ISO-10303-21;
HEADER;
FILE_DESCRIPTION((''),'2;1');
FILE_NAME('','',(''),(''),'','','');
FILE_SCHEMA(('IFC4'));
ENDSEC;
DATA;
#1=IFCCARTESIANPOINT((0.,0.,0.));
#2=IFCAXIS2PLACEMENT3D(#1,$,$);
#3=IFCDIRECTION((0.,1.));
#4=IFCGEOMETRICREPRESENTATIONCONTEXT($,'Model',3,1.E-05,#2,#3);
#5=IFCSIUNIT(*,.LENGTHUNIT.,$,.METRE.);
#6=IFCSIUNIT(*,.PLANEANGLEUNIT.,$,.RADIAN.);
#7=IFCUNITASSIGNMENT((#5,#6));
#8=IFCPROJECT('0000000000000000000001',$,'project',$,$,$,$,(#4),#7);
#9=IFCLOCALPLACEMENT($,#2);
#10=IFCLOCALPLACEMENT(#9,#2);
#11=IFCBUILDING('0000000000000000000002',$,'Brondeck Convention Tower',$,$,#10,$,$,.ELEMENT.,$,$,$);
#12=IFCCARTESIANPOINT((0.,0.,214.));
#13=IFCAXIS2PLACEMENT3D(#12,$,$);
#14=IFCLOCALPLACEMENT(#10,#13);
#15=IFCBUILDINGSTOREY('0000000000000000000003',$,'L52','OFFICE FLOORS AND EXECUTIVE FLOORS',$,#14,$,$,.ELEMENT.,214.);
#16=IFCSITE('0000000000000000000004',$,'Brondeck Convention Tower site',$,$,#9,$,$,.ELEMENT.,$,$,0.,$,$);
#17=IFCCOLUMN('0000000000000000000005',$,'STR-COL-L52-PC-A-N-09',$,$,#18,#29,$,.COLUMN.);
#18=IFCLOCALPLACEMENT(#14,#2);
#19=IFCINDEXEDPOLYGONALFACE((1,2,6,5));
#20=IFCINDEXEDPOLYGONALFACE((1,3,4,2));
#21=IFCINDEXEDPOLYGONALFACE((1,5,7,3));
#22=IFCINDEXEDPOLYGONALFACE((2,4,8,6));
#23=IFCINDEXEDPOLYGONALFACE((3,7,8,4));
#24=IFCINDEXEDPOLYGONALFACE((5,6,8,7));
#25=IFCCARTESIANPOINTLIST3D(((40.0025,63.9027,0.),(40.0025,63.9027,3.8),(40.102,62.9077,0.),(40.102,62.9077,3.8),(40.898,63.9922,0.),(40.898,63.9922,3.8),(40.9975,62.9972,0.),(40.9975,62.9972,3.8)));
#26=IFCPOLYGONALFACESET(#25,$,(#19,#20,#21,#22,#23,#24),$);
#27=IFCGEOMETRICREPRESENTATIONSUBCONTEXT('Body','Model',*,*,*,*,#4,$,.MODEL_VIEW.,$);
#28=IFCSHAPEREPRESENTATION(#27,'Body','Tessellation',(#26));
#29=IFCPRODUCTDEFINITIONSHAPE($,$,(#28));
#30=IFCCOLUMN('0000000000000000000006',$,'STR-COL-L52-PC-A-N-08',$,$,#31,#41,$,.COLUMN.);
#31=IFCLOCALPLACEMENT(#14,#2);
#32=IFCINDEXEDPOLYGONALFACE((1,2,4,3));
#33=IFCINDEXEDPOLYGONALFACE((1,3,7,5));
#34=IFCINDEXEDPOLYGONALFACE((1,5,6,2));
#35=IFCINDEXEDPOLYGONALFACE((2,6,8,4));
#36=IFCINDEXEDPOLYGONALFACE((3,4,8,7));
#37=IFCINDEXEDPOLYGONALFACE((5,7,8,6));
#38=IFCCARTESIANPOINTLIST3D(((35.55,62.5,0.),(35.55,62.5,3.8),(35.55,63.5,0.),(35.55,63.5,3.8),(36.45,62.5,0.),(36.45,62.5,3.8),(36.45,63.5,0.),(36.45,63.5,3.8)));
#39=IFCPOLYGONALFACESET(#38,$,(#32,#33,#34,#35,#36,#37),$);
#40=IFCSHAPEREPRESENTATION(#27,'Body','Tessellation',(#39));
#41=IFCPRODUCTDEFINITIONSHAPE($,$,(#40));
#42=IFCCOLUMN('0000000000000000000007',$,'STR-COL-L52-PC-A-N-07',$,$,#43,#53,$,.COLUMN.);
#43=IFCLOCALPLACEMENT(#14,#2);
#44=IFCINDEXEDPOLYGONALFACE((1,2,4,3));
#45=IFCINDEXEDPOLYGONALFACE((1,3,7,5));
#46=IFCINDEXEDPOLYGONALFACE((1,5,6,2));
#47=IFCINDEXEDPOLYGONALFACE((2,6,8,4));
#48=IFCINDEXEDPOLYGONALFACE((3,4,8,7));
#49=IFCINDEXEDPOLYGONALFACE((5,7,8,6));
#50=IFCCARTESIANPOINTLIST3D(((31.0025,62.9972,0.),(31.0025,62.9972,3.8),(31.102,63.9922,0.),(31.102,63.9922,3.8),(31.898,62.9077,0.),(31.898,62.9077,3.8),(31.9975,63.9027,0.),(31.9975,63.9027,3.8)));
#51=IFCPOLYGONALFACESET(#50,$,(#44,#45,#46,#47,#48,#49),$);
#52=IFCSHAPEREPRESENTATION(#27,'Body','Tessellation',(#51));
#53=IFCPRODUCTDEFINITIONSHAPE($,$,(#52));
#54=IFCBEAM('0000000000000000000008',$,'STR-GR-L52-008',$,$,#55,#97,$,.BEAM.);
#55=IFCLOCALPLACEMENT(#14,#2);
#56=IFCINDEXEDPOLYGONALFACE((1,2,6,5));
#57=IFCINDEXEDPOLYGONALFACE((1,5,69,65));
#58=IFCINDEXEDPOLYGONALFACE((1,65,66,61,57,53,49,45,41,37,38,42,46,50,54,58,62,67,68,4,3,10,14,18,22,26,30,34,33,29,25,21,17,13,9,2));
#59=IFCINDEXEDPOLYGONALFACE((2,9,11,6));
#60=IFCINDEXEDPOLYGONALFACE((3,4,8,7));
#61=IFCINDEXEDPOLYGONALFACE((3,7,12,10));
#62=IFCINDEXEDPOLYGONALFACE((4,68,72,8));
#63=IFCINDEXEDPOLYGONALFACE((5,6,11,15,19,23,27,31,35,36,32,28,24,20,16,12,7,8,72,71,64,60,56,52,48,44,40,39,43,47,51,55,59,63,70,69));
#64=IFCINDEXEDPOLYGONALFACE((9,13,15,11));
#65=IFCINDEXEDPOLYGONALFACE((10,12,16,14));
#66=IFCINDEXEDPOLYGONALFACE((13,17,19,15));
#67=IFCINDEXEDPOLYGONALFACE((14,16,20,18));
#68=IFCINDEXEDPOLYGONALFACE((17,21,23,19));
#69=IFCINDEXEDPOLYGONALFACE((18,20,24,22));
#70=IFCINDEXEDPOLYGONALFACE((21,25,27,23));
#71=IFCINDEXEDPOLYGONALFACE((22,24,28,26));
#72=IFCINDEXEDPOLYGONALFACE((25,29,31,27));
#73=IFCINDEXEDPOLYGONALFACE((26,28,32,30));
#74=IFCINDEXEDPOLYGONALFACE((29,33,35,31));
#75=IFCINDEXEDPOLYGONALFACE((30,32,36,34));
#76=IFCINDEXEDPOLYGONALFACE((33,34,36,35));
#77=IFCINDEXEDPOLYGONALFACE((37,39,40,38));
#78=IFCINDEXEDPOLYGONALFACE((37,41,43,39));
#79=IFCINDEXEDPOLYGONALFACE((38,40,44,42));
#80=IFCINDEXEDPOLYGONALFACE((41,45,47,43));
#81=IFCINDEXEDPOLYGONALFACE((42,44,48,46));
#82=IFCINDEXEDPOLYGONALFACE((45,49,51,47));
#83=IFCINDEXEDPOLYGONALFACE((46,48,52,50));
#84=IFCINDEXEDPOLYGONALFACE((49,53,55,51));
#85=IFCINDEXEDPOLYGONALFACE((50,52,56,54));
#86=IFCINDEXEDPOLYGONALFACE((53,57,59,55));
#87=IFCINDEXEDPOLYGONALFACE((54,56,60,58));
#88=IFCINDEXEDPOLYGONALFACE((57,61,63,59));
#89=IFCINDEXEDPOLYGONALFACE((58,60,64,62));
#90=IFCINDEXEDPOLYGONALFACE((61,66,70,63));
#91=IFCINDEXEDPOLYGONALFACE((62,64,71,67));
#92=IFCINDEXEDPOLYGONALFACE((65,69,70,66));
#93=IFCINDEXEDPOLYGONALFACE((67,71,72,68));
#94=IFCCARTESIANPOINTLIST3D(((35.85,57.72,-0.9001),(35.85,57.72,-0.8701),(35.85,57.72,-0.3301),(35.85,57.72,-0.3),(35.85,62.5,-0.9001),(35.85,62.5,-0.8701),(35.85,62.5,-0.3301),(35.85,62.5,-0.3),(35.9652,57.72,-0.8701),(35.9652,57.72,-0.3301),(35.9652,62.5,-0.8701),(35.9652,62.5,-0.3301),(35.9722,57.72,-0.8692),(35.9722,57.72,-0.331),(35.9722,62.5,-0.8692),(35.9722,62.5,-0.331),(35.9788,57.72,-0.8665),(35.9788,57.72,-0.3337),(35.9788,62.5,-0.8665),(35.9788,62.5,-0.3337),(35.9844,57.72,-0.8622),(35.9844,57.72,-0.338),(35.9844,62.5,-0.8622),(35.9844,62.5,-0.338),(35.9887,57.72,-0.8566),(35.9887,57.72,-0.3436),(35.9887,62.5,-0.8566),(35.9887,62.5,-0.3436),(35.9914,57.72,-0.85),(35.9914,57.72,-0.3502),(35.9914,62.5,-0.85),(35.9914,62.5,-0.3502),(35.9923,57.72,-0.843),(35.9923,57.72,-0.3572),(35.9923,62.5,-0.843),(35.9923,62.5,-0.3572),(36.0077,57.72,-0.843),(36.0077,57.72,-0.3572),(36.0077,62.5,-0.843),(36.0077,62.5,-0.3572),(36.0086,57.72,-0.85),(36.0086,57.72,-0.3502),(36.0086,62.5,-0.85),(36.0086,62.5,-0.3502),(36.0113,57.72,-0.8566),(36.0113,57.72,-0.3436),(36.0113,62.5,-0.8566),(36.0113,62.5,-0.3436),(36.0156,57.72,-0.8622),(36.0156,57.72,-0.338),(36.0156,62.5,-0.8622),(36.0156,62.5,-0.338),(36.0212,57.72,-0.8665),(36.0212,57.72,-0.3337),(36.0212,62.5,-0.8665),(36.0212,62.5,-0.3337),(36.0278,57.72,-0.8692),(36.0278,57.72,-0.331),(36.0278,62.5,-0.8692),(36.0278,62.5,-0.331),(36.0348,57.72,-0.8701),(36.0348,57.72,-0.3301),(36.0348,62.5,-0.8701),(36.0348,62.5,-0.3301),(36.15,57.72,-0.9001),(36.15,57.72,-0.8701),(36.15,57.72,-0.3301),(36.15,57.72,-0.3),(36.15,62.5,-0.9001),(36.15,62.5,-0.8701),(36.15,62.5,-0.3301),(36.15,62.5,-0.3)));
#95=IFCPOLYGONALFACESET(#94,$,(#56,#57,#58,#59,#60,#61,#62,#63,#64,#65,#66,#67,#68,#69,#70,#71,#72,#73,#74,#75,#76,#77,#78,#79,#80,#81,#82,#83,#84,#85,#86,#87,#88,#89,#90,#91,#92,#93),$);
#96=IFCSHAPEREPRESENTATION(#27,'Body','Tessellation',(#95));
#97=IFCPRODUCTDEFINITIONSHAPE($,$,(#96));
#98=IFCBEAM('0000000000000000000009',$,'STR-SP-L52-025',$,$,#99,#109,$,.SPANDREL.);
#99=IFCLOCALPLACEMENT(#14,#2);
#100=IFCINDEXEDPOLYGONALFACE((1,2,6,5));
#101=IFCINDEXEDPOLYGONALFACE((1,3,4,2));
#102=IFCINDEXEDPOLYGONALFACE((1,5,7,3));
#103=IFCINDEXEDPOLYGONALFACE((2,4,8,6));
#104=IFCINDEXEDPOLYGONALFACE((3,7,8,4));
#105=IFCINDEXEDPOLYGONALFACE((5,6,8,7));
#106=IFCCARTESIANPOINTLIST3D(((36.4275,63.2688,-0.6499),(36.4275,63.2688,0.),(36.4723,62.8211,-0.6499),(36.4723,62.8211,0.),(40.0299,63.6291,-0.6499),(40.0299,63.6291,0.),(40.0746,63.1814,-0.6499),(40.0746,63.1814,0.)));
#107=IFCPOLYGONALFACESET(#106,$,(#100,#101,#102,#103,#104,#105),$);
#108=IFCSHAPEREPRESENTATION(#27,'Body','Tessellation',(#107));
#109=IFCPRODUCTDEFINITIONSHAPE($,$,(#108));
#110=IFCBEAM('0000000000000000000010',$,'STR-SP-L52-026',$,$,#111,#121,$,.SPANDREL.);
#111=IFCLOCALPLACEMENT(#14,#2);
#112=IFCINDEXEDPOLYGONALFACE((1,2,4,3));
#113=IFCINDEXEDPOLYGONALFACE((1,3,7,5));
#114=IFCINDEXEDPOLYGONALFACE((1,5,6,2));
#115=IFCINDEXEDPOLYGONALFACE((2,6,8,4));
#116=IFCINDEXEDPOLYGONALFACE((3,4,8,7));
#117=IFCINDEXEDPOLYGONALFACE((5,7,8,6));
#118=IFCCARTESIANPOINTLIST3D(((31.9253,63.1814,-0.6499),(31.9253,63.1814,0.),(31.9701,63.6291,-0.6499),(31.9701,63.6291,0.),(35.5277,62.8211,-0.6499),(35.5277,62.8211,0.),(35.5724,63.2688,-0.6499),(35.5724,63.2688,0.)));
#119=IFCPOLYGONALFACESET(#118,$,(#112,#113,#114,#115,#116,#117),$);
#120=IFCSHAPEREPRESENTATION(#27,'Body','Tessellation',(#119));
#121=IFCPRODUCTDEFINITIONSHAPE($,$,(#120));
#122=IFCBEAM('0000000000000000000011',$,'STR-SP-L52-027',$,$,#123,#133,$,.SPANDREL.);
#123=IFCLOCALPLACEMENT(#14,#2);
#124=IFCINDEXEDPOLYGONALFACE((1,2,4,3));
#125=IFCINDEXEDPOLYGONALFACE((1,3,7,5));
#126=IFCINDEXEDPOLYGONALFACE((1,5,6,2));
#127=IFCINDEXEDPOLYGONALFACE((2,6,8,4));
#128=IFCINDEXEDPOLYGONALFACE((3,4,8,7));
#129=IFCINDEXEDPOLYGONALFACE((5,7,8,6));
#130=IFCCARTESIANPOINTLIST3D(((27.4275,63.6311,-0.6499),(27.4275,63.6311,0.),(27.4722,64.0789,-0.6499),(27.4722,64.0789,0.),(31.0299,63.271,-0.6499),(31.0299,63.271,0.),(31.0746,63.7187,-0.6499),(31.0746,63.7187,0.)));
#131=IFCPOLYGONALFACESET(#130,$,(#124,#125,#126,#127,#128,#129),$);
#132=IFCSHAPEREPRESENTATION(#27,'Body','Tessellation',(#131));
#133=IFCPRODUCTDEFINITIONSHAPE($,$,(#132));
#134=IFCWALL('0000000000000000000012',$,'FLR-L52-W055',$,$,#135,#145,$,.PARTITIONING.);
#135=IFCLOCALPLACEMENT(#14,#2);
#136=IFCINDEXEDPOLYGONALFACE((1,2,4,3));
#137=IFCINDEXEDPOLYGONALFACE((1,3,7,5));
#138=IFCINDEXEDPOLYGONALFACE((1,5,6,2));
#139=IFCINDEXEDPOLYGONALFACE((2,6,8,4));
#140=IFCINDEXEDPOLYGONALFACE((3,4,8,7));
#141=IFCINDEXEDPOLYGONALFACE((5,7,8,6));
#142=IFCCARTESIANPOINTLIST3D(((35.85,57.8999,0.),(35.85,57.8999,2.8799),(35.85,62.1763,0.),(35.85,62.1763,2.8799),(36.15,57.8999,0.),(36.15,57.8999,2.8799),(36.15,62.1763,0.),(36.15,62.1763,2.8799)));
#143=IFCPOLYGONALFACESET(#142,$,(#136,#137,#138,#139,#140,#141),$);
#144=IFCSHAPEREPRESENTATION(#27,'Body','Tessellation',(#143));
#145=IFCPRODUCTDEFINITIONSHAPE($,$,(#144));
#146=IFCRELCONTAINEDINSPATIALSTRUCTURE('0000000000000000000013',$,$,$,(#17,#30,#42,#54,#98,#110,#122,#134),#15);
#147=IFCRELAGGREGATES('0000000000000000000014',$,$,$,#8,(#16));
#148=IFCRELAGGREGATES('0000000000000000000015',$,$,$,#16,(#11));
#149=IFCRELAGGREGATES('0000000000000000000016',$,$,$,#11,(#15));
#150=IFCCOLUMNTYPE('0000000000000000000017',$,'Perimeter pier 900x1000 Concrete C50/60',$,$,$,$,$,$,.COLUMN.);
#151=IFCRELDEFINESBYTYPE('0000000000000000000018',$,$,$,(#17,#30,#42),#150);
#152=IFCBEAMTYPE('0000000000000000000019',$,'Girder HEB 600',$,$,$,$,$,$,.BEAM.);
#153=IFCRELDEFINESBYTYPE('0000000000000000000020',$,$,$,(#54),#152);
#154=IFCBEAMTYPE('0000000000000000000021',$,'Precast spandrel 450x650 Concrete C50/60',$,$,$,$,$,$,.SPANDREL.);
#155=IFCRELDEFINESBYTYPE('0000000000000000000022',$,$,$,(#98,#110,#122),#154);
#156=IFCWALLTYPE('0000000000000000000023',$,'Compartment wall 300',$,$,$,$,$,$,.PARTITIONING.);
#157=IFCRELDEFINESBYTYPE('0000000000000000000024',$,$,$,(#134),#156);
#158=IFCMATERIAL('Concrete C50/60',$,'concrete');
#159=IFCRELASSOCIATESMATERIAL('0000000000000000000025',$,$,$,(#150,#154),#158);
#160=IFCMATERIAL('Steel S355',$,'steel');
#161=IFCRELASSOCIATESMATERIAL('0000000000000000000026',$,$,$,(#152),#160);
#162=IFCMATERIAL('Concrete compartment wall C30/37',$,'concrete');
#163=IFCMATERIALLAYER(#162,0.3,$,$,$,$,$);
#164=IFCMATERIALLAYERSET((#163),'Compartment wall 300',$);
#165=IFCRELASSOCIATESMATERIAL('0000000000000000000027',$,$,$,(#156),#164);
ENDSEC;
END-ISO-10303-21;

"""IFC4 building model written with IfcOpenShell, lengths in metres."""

from ifc_helpers import new_model, si_unit, direction, frame, frame_2d, origin, origin_2d, place, context, subcontext, project, spatial, rectangle, i_section, extrude, material, layer, layer_set, material_profile, profile_set, type_object, element, save


model = new_model("IFC4")

# Units and contexts
model_context = context("Model", 3, precision=1e-05, world=origin(), true_north=direction((0.0, 1.0)))
body_context = subcontext(model_context, "Body", "Model", "MODEL_VIEW")
ifc_project = project(units=[si_unit("LENGTHUNIT", "METRE"), si_unit("PLANEANGLEUNIT", "RADIAN")], contexts=[model_context])

# Site, building, storey
site_placement = place(None, origin())
site = spatial("IfcSite", under=ifc_project, at=site_placement, Name="Brondeck Convention Tower site", CompositionType="ELEMENT", RefElevation=0.0)
building_placement = place(site_placement, origin())
building = spatial("IfcBuilding", under=site, at=building_placement, Name="Brondeck Convention Tower", CompositionType="ELEMENT")
storey_placement = place(building_placement, frame((0.0, 0.0, 214.0)))
storey = spatial("IfcBuildingStorey", under=building, at=storey_placement, Name="L52", Description="OFFICE FLOORS AND EXECUTIVE FLOORS", CompositionType="ELEMENT", Elevation=214.0)

# Columns
ifc_material_1 = material(Name="Concrete C50/60", Category="concrete")
ifc_material_profile_1 = material_profile(ifc_material_1, rectangle(XDim=0.8999, YDim=1.0, at=origin_2d()), Name="Perimeter pier 900x1000 Concrete C50/60")
ifc_profile_set_1 = profile_set([ifc_material_profile_1], Name="Concrete C50/60")
column_type = type_object("IfcColumnType", Name="Perimeter pier 900x1000 Concrete C50/60", PredefinedType="COLUMN", material=ifc_profile_set_1)
for number, where, z_axis, x_axis, name in (
    (1, (40.5, 63.45, 0.0), (0.0, 0.0, 1.0), (-0.995037, -0.099504, 0.0), "STR-COL-L52-PC-A-N-09"),
    (2, (36.0, 63.0, 0.0), (0.0, 0.0, 1.0), (-1.0, 0.0, 0.0), "STR-COL-L52-PC-A-N-08"),
    (3, (31.5, 63.45, 0.0), (0.0, 0.0, 1.0), (-0.995037, 0.099504, 0.0), "STR-COL-L52-PC-A-N-07"),
):
    element("IfcColumn", number, at=place(storey_placement, frame(where, z_axis=z_axis, x_axis=x_axis)), inside=storey, type_object=column_type, Name=name, PredefinedType="COLUMN", context=body_context, shape_type="SweptSolid", body=[
        extrude(rectangle(XDim=0.8999, YDim=1.0, at=origin_2d()), origin(), (0.0, 0.0, 1.0), 3.8),
    ])

# Beams
ifc_material_2 = material(Name="Steel S355", Category="steel")
ifc_material_profile_2 = material_profile(ifc_material_2, i_section(OverallWidth=0.3, OverallDepth=0.6001, WebThickness=0.0154, FlangeThickness=0.03, FilletRadius=0.0271, at=origin_2d()), Name="HEB 600")
ifc_profile_set_2 = profile_set([ifc_material_profile_2], Name="Steel S355")
beam_type_1 = type_object("IfcBeamType", Name="Girder HEB 600", PredefinedType="BEAM", material=ifc_profile_set_2)
beam_placement = place(storey_placement, frame((36.0, 57.72, -0.6001), z_axis=(0.0, 1.0, 0.0), x_axis=(-1.0, 0.0, 0.0)))
element("IfcBeam", 4, at=beam_placement, inside=storey, type_object=beam_type_1, Name="STR-GR-L52-008", PredefinedType="BEAM", context=body_context, shape_type="SweptSolid", body=[
    extrude(i_section(OverallWidth=0.3, OverallDepth=0.6001, WebThickness=0.0154, FlangeThickness=0.03, FilletRadius=0.0271, at=origin_2d()), origin(), (0.0, 0.0, 1.0), 4.78),
])
ifc_material_profile_3 = material_profile(ifc_material_1, rectangle(XDim=0.45, YDim=0.6499, at=origin_2d()), Name="Precast spandrel 450x650 Concrete C50/60")
ifc_profile_set_3 = profile_set([ifc_material_profile_3], Name="Concrete C50/60")
beam_type_2 = type_object("IfcBeamType", Name="Precast spandrel 450x650 Concrete C50/60", PredefinedType="SPANDREL", material=ifc_profile_set_3)
for number, where, z_axis, x_axis, name in (
    (5, (40.0522, 63.4053, -0.325), (-0.995034, -0.099537, 0.0), (0.099537, -0.995034, 0.0), "STR-SP-L52-025"),
    (6, (35.55, 63.0449, -0.325), (-0.995034, 0.099537, 0.0), (-0.099537, -0.995034, 0.0), "STR-SP-L52-026"),
    (7, (31.0522, 63.4949, -0.325), (-0.995041, 0.09947, 0.0), (-0.09947, -0.995041, 0.0), "STR-SP-L52-027"),
):
    element("IfcBeam", number, at=place(storey_placement, frame(where, z_axis=z_axis, x_axis=x_axis)), inside=storey, type_object=beam_type_2, Name=name, PredefinedType="SPANDREL", context=body_context, shape_type="SweptSolid", body=[
        extrude(rectangle(XDim=0.45, YDim=0.6499, at=origin_2d()), origin(), (0.0, 0.0, 1.0), 3.6204),
    ])

# Wall
ifc_material_3 = material(Name="Concrete compartment wall C30/37", Category="concrete")
ifc_layer_1 = layer(ifc_material_3, 0.3)
ifc_layer_set_1 = layer_set([ifc_layer_1], Name="Compartment wall 300")
wall_type_1 = type_object("IfcWallType", Name="Compartment wall 300", PredefinedType="PARTITIONING", material=ifc_layer_set_1)
wall_1_placement = place(storey_placement, frame((36.0, 57.8999, 0.0), z_axis=(0.0, 0.0, 1.0), x_axis=(0.0, 1.0, 0.0)))
element("IfcWall", 8, at=wall_1_placement, inside=storey, type_object=wall_type_1, Name="FLR-L52-W055", PredefinedType="PARTITIONING", context=body_context, shape_type="SweptSolid", body=[
    extrude(rectangle(XDim=4.2764, YDim=0.3, at=frame_2d((2.1382, 0.0))), origin(), (0.0, 0.0, 1.0), 2.8799),
])

save(model, "model.ifc")
